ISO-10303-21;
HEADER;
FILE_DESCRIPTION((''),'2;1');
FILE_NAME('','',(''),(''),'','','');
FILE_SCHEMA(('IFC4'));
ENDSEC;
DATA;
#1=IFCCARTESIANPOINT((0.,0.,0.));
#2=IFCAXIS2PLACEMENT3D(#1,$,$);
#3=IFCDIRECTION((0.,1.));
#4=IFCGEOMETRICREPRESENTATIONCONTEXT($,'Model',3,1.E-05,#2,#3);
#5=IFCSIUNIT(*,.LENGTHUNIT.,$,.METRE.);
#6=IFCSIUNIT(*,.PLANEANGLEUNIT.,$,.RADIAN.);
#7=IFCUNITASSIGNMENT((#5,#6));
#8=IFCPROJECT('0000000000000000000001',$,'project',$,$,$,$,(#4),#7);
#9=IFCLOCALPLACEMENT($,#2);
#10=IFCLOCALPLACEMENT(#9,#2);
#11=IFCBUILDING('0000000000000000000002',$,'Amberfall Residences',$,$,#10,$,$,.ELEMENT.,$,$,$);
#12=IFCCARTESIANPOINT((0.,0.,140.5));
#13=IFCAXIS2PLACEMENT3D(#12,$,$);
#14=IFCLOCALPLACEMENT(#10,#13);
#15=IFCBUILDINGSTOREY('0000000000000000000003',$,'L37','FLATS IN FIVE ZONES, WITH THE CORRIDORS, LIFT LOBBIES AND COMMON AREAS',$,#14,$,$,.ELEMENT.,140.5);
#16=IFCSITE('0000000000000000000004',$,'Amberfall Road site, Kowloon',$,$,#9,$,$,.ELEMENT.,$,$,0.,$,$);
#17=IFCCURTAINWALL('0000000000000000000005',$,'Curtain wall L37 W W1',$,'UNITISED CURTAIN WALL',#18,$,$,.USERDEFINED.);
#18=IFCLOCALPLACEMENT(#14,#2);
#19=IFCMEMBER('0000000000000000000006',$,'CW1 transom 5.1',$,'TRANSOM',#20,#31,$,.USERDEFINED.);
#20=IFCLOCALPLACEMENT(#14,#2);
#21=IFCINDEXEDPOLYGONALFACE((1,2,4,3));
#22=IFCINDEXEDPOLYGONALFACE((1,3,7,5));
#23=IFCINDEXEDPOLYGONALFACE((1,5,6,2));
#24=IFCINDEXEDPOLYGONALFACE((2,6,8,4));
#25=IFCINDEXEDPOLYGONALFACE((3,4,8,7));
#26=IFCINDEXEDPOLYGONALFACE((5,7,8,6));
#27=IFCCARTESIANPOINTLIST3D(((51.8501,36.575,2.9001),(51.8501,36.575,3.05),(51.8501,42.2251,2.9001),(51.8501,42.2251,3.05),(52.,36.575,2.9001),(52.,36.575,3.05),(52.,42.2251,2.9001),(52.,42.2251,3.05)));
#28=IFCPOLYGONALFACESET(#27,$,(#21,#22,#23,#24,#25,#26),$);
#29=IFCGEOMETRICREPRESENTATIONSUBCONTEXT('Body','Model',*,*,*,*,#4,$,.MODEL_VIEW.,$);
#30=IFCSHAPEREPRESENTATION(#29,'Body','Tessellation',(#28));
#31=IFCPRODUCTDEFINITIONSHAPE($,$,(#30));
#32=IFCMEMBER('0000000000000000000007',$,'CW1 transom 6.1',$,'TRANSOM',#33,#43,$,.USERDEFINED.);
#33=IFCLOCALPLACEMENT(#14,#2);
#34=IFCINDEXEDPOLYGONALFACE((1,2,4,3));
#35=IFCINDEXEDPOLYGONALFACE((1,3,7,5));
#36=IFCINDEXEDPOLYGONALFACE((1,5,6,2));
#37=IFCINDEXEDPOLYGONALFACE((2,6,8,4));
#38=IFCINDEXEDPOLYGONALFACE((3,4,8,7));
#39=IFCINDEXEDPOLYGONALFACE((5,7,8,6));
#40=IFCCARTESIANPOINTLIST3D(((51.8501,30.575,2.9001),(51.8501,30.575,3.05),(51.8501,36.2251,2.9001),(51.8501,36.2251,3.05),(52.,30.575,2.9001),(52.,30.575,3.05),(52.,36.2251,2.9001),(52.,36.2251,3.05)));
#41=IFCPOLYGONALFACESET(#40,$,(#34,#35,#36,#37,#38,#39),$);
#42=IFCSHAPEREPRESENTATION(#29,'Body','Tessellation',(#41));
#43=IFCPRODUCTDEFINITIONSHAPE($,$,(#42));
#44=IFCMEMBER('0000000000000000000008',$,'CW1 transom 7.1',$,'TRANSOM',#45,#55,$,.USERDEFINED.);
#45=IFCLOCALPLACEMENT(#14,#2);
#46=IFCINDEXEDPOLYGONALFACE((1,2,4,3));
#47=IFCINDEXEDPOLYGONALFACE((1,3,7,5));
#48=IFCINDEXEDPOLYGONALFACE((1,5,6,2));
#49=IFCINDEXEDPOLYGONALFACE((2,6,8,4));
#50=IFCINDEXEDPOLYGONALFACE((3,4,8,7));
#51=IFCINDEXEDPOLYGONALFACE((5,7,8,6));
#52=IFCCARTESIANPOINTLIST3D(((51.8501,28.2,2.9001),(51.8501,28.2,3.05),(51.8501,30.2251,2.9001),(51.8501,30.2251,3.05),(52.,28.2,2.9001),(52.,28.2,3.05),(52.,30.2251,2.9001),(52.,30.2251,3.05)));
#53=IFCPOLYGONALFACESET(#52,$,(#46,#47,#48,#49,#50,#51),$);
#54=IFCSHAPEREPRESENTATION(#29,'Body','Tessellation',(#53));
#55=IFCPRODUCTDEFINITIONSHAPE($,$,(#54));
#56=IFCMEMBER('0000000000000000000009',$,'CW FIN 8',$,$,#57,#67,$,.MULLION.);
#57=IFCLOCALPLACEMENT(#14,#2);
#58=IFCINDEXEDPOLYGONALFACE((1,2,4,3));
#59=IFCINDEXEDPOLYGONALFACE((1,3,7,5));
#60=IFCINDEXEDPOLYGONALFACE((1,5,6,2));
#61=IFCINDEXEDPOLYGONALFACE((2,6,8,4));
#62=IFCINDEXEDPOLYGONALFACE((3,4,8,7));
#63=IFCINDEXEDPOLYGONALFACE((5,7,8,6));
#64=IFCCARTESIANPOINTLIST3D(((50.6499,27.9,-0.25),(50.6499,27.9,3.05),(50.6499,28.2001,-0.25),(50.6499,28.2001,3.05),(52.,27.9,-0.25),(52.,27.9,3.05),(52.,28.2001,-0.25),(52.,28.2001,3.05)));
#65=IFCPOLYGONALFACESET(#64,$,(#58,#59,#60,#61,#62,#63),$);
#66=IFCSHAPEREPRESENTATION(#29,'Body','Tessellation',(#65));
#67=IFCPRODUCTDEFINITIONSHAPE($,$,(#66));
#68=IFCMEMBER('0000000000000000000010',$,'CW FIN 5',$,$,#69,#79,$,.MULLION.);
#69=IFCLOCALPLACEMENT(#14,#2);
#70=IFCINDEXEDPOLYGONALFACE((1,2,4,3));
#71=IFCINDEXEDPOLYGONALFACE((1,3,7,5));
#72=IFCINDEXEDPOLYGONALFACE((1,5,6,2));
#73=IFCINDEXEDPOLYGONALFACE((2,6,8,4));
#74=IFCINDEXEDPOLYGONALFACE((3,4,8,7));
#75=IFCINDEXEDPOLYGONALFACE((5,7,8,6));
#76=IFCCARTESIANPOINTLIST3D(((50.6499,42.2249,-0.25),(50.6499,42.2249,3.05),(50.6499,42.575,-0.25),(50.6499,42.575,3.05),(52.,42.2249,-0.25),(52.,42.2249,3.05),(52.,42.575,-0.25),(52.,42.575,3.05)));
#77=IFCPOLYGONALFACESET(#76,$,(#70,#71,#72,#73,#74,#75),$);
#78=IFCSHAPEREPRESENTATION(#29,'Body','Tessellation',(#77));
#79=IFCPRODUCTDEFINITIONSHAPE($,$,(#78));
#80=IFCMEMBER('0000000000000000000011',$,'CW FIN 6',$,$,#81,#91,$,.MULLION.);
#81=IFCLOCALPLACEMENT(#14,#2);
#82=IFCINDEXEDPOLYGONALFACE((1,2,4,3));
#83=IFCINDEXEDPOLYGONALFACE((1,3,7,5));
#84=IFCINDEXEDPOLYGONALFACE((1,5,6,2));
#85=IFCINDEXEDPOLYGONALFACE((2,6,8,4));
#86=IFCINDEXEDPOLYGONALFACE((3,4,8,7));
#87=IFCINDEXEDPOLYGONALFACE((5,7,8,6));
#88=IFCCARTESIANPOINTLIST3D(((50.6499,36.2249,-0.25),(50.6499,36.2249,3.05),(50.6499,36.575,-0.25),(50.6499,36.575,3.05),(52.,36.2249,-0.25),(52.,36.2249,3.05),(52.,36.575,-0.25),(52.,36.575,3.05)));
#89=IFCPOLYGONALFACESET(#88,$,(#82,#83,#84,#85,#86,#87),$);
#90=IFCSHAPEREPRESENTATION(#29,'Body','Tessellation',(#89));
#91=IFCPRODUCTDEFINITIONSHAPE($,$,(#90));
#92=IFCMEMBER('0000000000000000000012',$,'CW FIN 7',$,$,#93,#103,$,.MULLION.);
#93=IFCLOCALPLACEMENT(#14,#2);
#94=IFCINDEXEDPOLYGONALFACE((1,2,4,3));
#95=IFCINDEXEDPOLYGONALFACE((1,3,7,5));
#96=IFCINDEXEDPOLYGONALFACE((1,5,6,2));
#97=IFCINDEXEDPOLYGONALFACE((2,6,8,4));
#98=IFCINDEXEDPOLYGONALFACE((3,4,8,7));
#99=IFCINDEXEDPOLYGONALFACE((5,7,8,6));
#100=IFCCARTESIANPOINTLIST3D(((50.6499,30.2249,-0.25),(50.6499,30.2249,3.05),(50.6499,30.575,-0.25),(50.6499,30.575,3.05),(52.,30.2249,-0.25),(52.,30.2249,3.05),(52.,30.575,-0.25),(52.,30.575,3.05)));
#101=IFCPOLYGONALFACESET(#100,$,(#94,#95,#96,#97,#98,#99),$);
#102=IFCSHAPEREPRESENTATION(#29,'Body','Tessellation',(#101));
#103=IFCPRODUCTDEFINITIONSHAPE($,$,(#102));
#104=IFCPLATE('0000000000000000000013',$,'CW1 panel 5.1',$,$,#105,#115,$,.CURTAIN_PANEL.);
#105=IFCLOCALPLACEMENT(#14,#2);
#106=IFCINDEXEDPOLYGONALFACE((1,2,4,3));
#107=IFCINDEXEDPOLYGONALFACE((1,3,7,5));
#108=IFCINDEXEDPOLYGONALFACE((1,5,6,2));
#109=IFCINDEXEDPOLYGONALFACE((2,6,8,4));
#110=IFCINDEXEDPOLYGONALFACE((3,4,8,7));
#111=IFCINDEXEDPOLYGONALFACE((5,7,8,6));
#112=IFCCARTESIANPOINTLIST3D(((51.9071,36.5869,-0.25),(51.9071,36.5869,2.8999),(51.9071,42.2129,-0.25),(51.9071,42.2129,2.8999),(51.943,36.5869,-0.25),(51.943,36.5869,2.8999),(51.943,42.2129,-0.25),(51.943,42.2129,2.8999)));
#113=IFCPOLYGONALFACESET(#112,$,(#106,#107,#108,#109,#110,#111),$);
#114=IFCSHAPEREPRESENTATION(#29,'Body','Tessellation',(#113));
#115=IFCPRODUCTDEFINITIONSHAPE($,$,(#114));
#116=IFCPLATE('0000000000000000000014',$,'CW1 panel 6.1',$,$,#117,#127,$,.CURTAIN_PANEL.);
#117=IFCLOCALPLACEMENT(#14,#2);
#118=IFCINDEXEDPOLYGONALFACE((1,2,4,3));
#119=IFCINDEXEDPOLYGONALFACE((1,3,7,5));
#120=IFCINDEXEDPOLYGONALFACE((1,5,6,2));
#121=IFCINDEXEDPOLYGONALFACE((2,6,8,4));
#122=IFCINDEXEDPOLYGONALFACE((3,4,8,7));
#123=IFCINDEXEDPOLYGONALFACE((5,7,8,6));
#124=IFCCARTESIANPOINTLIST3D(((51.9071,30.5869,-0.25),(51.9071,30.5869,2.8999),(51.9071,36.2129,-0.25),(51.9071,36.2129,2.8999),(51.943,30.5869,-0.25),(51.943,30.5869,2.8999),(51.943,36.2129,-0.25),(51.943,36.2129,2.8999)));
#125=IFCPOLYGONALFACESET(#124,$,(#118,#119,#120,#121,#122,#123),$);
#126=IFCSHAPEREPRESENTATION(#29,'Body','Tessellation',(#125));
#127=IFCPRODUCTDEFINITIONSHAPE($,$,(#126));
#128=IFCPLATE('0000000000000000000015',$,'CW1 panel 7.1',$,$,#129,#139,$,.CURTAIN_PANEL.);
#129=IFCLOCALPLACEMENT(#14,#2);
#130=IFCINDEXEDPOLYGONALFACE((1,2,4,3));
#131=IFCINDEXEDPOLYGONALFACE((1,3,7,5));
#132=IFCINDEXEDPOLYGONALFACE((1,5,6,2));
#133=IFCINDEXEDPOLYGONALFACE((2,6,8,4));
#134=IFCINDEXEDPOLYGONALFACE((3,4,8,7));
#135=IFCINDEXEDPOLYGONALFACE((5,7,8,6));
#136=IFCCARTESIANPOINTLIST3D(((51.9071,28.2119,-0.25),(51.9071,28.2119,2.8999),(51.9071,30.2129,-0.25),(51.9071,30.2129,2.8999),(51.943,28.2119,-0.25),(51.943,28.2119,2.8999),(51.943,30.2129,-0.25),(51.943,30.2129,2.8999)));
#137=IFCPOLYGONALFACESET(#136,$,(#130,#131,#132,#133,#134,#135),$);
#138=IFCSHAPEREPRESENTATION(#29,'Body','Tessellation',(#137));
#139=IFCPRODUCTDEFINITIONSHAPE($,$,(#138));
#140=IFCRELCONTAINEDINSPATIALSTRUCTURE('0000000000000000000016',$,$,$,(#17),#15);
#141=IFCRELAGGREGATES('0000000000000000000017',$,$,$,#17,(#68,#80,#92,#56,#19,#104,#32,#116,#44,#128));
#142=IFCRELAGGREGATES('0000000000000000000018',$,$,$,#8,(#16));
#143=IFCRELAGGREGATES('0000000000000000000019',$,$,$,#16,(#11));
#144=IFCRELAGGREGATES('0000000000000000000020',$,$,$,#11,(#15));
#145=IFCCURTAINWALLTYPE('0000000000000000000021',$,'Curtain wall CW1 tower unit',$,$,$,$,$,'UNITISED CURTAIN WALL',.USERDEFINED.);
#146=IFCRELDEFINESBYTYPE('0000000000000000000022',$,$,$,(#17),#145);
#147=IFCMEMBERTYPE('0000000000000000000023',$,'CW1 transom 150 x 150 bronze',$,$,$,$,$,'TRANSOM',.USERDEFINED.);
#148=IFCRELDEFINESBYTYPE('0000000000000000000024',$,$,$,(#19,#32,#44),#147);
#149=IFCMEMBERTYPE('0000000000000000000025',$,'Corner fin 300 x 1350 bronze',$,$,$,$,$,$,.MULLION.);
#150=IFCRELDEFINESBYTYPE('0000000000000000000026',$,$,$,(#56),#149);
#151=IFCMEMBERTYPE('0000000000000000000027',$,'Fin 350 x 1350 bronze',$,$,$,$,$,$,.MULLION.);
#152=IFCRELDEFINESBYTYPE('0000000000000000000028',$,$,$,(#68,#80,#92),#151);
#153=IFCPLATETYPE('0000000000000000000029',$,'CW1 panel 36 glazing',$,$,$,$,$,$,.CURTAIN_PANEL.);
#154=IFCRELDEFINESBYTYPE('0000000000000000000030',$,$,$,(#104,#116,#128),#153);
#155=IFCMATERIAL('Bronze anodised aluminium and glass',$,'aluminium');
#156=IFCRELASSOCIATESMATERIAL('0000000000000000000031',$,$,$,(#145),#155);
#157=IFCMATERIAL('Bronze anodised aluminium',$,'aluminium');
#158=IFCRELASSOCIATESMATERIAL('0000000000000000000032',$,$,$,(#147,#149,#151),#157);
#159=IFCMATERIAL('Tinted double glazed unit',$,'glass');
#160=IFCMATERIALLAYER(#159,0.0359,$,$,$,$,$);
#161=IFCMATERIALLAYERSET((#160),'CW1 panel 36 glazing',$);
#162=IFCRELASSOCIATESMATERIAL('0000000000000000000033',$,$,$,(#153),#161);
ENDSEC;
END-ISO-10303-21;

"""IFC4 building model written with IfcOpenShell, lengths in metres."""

from ifc_helpers import new_model, si_unit, direction, frame, origin, origin_2d, place, context, subcontext, project, spatial, rectangle, extrude, material, layer, layer_set, material_profile, profile_set, type_object, element, aggregate, save


model = new_model("IFC4")

# Units and contexts
model_context = context("Model", 3, precision=1e-05, world=origin(), true_north=direction((0.0, 1.0)))
body_context = subcontext(model_context, "Body", "Model", "MODEL_VIEW")
ifc_project = project(units=[si_unit("LENGTHUNIT", "METRE"), si_unit("PLANEANGLEUNIT", "RADIAN")], contexts=[model_context])

# Site, building, storey
site_placement = place(None, origin())
site = spatial("IfcSite", under=ifc_project, at=site_placement, Name="Amberfall Road site, Kowloon", CompositionType="ELEMENT", RefElevation=0.0)
building_placement = place(site_placement, origin())
building = spatial("IfcBuilding", under=site, at=building_placement, Name="Amberfall Residences", CompositionType="ELEMENT")
storey_placement = place(building_placement, frame((0.0, 0.0, 140.5)))
storey = spatial("IfcBuildingStorey", under=building, at=storey_placement, Name="L37", Description="FLATS IN FIVE ZONES, WITH THE CORRIDORS, LIFT LOBBIES AND COMMON AREAS", CompositionType="ELEMENT", Elevation=140.5)

# Curtain wall, members, plates
ifc_material_1 = material(Name="Bronze anodised aluminium and glass", Category="aluminium")
curtain_wall_type = type_object("IfcCurtainWallType", Name="Curtain wall CW1 tower unit", ElementType="UNITISED CURTAIN WALL", PredefinedType="USERDEFINED", material=ifc_material_1)
curtain_wall_placement = place(storey_placement, origin())
curtain_wall = element("IfcCurtainWall", 1, at=curtain_wall_placement, inside=storey, type_object=curtain_wall_type, Name="Curtain wall L37 W W1", ObjectType="UNITISED CURTAIN WALL", PredefinedType="USERDEFINED")
ifc_material_2 = material(Name="Bronze anodised aluminium", Category="aluminium")
ifc_material_profile_1 = material_profile(ifc_material_2, rectangle(XDim=0.1499, YDim=0.1499, at=origin_2d()), Name="CW1 transom 150 x 150 bronze")
ifc_profile_set_1 = profile_set([ifc_material_profile_1], Name="Bronze anodised aluminium")
member_type_1 = type_object("IfcMemberType", Name="CW1 transom 150 x 150 bronze", ElementType="TRANSOM", PredefinedType="USERDEFINED", material=ifc_profile_set_1)
member_1_placement = place(storey_placement, frame((51.925, 42.2251, 2.9751), z_axis=(0.0, -1.0, 0.0), x_axis=(1.0, 0.0, 0.0)))
member_1 = element("IfcMember", 2, at=member_1_placement, type_object=member_type_1, Name="CW1 transom 5.1", ObjectType="TRANSOM", PredefinedType="USERDEFINED", context=body_context, shape_type="SweptSolid", body=[
    extrude(rectangle(XDim=0.1499, YDim=0.1499, at=origin_2d()), origin(), (0.0, 0.0, 1.0), 5.6501),
])
member_2_placement = place(storey_placement, frame((51.925, 36.2251, 2.9751), z_axis=(0.0, -1.0, 0.0), x_axis=(1.0, 0.0, 0.0)))
member_2 = element("IfcMember", 3, at=member_2_placement, type_object=member_type_1, Name="CW1 transom 6.1", ObjectType="TRANSOM", PredefinedType="USERDEFINED", context=body_context, shape_type="SweptSolid", body=[
    extrude(rectangle(XDim=0.1499, YDim=0.1499, at=origin_2d()), origin(), (0.0, 0.0, 1.0), 5.6501),
])
member_3_placement = place(storey_placement, frame((51.925, 30.2251, 2.9751), z_axis=(0.0, -1.0, 0.0), x_axis=(1.0, 0.0, 0.0)))
member_3 = element("IfcMember", 4, at=member_3_placement, type_object=member_type_1, Name="CW1 transom 7.1", ObjectType="TRANSOM", PredefinedType="USERDEFINED", context=body_context, shape_type="SweptSolid", body=[
    extrude(rectangle(XDim=0.1499, YDim=0.1499, at=origin_2d()), origin(), (0.0, 0.0, 1.0), 2.0251),
])
ifc_material_profile_2 = material_profile(ifc_material_2, rectangle(XDim=1.3501, YDim=0.3, at=origin_2d()), Name="Corner fin 300 x 1350 bronze")
ifc_profile_set_2 = profile_set([ifc_material_profile_2], Name="Bronze anodised aluminium")
member_type_2 = type_object("IfcMemberType", Name="Corner fin 300 x 1350 bronze", PredefinedType="MULLION", material=ifc_profile_set_2)
member_4_placement = place(storey_placement, frame((51.325, 28.05, -0.25), z_axis=(0.0, 0.0, 1.0), x_axis=(1.0, 0.0, 0.0)))
member_4 = element("IfcMember", 5, at=member_4_placement, type_object=member_type_2, Name="CW FIN 8", PredefinedType="MULLION", context=body_context, shape_type="SweptSolid", body=[
    extrude(rectangle(XDim=1.3501, YDim=0.3, at=origin_2d()), origin(), (0.0, 0.0, 1.0), 3.3),
])
ifc_material_profile_3 = material_profile(ifc_material_2, rectangle(XDim=1.3501, YDim=0.3501, at=origin_2d()), Name="Fin 350 x 1350 bronze")
ifc_profile_set_3 = profile_set([ifc_material_profile_3], Name="Bronze anodised aluminium")
member_type_3 = type_object("IfcMemberType", Name="Fin 350 x 1350 bronze", PredefinedType="MULLION", material=ifc_profile_set_3)
member_5_placement = place(storey_placement, frame((51.325, 42.3999, -0.25), z_axis=(0.0, 0.0, 1.0), x_axis=(1.0, 0.0, 0.0)))
member_5 = element("IfcMember", 6, at=member_5_placement, type_object=member_type_3, Name="CW FIN 5", PredefinedType="MULLION", context=body_context, shape_type="SweptSolid", body=[
    extrude(rectangle(XDim=1.3501, YDim=0.3501, at=origin_2d()), origin(), (0.0, 0.0, 1.0), 3.3),
])
member_6_placement = place(storey_placement, frame((51.325, 36.3999, -0.25), z_axis=(0.0, 0.0, 1.0), x_axis=(1.0, 0.0, 0.0)))
member_6 = element("IfcMember", 7, at=member_6_placement, type_object=member_type_3, Name="CW FIN 6", PredefinedType="MULLION", context=body_context, shape_type="SweptSolid", body=[
    extrude(rectangle(XDim=1.3501, YDim=0.3501, at=origin_2d()), origin(), (0.0, 0.0, 1.0), 3.3),
])
member_7_placement = place(storey_placement, frame((51.325, 30.3999, -0.25), z_axis=(0.0, 0.0, 1.0), x_axis=(1.0, 0.0, 0.0)))
member_7 = element("IfcMember", 8, at=member_7_placement, type_object=member_type_3, Name="CW FIN 7", PredefinedType="MULLION", context=body_context, shape_type="SweptSolid", body=[
    extrude(rectangle(XDim=1.3501, YDim=0.3501, at=origin_2d()), origin(), (0.0, 0.0, 1.0), 3.3),
])
ifc_material_3 = material(Name="Tinted double glazed unit", Category="glass")
ifc_layer_1 = layer(ifc_material_3, 0.0359)
ifc_layer_set_1 = layer_set([ifc_layer_1], Name="CW1 panel 36 glazing")
plate_type = type_object("IfcPlateType", Name="CW1 panel 36 glazing", PredefinedType="CURTAIN_PANEL", material=ifc_layer_set_1)
plate_1_placement = place(storey_placement, frame((51.925, 39.3999, -0.25), z_axis=(0.0, 0.0, 1.0), x_axis=(0.0, -1.0, 0.0)))
plate_1 = element("IfcPlate", 9, at=plate_1_placement, type_object=plate_type, Name="CW1 panel 5.1", PredefinedType="CURTAIN_PANEL", context=body_context, shape_type="SweptSolid", body=[
    extrude(rectangle(XDim=5.626, YDim=0.0359, at=origin_2d()), origin(), (0.0, 0.0, 1.0), 3.1499),
])
plate_2_placement = place(storey_placement, frame((51.925, 33.3999, -0.25), z_axis=(0.0, 0.0, 1.0), x_axis=(0.0, -1.0, 0.0)))
plate_2 = element("IfcPlate", 10, at=plate_2_placement, type_object=plate_type, Name="CW1 panel 6.1", PredefinedType="CURTAIN_PANEL", context=body_context, shape_type="SweptSolid", body=[
    extrude(rectangle(XDim=5.626, YDim=0.0359, at=origin_2d()), origin(), (0.0, 0.0, 1.0), 3.1499),
])
plate_3_placement = place(storey_placement, frame((51.925, 29.2124, -0.25), z_axis=(0.0, 0.0, 1.0), x_axis=(0.0, -1.0, 0.0)))
plate_3 = element("IfcPlate", 11, at=plate_3_placement, type_object=plate_type, Name="CW1 panel 7.1", PredefinedType="CURTAIN_PANEL", context=body_context, shape_type="SweptSolid", body=[
    extrude(rectangle(XDim=2.001, YDim=0.0359, at=origin_2d()), origin(), (0.0, 0.0, 1.0), 3.1499),
])
aggregate(curtain_wall, [member_5, member_6, member_7, member_4, member_1, plate_1, member_2, plate_2, member_3, plate_3])

save(model, "model.ifc")
